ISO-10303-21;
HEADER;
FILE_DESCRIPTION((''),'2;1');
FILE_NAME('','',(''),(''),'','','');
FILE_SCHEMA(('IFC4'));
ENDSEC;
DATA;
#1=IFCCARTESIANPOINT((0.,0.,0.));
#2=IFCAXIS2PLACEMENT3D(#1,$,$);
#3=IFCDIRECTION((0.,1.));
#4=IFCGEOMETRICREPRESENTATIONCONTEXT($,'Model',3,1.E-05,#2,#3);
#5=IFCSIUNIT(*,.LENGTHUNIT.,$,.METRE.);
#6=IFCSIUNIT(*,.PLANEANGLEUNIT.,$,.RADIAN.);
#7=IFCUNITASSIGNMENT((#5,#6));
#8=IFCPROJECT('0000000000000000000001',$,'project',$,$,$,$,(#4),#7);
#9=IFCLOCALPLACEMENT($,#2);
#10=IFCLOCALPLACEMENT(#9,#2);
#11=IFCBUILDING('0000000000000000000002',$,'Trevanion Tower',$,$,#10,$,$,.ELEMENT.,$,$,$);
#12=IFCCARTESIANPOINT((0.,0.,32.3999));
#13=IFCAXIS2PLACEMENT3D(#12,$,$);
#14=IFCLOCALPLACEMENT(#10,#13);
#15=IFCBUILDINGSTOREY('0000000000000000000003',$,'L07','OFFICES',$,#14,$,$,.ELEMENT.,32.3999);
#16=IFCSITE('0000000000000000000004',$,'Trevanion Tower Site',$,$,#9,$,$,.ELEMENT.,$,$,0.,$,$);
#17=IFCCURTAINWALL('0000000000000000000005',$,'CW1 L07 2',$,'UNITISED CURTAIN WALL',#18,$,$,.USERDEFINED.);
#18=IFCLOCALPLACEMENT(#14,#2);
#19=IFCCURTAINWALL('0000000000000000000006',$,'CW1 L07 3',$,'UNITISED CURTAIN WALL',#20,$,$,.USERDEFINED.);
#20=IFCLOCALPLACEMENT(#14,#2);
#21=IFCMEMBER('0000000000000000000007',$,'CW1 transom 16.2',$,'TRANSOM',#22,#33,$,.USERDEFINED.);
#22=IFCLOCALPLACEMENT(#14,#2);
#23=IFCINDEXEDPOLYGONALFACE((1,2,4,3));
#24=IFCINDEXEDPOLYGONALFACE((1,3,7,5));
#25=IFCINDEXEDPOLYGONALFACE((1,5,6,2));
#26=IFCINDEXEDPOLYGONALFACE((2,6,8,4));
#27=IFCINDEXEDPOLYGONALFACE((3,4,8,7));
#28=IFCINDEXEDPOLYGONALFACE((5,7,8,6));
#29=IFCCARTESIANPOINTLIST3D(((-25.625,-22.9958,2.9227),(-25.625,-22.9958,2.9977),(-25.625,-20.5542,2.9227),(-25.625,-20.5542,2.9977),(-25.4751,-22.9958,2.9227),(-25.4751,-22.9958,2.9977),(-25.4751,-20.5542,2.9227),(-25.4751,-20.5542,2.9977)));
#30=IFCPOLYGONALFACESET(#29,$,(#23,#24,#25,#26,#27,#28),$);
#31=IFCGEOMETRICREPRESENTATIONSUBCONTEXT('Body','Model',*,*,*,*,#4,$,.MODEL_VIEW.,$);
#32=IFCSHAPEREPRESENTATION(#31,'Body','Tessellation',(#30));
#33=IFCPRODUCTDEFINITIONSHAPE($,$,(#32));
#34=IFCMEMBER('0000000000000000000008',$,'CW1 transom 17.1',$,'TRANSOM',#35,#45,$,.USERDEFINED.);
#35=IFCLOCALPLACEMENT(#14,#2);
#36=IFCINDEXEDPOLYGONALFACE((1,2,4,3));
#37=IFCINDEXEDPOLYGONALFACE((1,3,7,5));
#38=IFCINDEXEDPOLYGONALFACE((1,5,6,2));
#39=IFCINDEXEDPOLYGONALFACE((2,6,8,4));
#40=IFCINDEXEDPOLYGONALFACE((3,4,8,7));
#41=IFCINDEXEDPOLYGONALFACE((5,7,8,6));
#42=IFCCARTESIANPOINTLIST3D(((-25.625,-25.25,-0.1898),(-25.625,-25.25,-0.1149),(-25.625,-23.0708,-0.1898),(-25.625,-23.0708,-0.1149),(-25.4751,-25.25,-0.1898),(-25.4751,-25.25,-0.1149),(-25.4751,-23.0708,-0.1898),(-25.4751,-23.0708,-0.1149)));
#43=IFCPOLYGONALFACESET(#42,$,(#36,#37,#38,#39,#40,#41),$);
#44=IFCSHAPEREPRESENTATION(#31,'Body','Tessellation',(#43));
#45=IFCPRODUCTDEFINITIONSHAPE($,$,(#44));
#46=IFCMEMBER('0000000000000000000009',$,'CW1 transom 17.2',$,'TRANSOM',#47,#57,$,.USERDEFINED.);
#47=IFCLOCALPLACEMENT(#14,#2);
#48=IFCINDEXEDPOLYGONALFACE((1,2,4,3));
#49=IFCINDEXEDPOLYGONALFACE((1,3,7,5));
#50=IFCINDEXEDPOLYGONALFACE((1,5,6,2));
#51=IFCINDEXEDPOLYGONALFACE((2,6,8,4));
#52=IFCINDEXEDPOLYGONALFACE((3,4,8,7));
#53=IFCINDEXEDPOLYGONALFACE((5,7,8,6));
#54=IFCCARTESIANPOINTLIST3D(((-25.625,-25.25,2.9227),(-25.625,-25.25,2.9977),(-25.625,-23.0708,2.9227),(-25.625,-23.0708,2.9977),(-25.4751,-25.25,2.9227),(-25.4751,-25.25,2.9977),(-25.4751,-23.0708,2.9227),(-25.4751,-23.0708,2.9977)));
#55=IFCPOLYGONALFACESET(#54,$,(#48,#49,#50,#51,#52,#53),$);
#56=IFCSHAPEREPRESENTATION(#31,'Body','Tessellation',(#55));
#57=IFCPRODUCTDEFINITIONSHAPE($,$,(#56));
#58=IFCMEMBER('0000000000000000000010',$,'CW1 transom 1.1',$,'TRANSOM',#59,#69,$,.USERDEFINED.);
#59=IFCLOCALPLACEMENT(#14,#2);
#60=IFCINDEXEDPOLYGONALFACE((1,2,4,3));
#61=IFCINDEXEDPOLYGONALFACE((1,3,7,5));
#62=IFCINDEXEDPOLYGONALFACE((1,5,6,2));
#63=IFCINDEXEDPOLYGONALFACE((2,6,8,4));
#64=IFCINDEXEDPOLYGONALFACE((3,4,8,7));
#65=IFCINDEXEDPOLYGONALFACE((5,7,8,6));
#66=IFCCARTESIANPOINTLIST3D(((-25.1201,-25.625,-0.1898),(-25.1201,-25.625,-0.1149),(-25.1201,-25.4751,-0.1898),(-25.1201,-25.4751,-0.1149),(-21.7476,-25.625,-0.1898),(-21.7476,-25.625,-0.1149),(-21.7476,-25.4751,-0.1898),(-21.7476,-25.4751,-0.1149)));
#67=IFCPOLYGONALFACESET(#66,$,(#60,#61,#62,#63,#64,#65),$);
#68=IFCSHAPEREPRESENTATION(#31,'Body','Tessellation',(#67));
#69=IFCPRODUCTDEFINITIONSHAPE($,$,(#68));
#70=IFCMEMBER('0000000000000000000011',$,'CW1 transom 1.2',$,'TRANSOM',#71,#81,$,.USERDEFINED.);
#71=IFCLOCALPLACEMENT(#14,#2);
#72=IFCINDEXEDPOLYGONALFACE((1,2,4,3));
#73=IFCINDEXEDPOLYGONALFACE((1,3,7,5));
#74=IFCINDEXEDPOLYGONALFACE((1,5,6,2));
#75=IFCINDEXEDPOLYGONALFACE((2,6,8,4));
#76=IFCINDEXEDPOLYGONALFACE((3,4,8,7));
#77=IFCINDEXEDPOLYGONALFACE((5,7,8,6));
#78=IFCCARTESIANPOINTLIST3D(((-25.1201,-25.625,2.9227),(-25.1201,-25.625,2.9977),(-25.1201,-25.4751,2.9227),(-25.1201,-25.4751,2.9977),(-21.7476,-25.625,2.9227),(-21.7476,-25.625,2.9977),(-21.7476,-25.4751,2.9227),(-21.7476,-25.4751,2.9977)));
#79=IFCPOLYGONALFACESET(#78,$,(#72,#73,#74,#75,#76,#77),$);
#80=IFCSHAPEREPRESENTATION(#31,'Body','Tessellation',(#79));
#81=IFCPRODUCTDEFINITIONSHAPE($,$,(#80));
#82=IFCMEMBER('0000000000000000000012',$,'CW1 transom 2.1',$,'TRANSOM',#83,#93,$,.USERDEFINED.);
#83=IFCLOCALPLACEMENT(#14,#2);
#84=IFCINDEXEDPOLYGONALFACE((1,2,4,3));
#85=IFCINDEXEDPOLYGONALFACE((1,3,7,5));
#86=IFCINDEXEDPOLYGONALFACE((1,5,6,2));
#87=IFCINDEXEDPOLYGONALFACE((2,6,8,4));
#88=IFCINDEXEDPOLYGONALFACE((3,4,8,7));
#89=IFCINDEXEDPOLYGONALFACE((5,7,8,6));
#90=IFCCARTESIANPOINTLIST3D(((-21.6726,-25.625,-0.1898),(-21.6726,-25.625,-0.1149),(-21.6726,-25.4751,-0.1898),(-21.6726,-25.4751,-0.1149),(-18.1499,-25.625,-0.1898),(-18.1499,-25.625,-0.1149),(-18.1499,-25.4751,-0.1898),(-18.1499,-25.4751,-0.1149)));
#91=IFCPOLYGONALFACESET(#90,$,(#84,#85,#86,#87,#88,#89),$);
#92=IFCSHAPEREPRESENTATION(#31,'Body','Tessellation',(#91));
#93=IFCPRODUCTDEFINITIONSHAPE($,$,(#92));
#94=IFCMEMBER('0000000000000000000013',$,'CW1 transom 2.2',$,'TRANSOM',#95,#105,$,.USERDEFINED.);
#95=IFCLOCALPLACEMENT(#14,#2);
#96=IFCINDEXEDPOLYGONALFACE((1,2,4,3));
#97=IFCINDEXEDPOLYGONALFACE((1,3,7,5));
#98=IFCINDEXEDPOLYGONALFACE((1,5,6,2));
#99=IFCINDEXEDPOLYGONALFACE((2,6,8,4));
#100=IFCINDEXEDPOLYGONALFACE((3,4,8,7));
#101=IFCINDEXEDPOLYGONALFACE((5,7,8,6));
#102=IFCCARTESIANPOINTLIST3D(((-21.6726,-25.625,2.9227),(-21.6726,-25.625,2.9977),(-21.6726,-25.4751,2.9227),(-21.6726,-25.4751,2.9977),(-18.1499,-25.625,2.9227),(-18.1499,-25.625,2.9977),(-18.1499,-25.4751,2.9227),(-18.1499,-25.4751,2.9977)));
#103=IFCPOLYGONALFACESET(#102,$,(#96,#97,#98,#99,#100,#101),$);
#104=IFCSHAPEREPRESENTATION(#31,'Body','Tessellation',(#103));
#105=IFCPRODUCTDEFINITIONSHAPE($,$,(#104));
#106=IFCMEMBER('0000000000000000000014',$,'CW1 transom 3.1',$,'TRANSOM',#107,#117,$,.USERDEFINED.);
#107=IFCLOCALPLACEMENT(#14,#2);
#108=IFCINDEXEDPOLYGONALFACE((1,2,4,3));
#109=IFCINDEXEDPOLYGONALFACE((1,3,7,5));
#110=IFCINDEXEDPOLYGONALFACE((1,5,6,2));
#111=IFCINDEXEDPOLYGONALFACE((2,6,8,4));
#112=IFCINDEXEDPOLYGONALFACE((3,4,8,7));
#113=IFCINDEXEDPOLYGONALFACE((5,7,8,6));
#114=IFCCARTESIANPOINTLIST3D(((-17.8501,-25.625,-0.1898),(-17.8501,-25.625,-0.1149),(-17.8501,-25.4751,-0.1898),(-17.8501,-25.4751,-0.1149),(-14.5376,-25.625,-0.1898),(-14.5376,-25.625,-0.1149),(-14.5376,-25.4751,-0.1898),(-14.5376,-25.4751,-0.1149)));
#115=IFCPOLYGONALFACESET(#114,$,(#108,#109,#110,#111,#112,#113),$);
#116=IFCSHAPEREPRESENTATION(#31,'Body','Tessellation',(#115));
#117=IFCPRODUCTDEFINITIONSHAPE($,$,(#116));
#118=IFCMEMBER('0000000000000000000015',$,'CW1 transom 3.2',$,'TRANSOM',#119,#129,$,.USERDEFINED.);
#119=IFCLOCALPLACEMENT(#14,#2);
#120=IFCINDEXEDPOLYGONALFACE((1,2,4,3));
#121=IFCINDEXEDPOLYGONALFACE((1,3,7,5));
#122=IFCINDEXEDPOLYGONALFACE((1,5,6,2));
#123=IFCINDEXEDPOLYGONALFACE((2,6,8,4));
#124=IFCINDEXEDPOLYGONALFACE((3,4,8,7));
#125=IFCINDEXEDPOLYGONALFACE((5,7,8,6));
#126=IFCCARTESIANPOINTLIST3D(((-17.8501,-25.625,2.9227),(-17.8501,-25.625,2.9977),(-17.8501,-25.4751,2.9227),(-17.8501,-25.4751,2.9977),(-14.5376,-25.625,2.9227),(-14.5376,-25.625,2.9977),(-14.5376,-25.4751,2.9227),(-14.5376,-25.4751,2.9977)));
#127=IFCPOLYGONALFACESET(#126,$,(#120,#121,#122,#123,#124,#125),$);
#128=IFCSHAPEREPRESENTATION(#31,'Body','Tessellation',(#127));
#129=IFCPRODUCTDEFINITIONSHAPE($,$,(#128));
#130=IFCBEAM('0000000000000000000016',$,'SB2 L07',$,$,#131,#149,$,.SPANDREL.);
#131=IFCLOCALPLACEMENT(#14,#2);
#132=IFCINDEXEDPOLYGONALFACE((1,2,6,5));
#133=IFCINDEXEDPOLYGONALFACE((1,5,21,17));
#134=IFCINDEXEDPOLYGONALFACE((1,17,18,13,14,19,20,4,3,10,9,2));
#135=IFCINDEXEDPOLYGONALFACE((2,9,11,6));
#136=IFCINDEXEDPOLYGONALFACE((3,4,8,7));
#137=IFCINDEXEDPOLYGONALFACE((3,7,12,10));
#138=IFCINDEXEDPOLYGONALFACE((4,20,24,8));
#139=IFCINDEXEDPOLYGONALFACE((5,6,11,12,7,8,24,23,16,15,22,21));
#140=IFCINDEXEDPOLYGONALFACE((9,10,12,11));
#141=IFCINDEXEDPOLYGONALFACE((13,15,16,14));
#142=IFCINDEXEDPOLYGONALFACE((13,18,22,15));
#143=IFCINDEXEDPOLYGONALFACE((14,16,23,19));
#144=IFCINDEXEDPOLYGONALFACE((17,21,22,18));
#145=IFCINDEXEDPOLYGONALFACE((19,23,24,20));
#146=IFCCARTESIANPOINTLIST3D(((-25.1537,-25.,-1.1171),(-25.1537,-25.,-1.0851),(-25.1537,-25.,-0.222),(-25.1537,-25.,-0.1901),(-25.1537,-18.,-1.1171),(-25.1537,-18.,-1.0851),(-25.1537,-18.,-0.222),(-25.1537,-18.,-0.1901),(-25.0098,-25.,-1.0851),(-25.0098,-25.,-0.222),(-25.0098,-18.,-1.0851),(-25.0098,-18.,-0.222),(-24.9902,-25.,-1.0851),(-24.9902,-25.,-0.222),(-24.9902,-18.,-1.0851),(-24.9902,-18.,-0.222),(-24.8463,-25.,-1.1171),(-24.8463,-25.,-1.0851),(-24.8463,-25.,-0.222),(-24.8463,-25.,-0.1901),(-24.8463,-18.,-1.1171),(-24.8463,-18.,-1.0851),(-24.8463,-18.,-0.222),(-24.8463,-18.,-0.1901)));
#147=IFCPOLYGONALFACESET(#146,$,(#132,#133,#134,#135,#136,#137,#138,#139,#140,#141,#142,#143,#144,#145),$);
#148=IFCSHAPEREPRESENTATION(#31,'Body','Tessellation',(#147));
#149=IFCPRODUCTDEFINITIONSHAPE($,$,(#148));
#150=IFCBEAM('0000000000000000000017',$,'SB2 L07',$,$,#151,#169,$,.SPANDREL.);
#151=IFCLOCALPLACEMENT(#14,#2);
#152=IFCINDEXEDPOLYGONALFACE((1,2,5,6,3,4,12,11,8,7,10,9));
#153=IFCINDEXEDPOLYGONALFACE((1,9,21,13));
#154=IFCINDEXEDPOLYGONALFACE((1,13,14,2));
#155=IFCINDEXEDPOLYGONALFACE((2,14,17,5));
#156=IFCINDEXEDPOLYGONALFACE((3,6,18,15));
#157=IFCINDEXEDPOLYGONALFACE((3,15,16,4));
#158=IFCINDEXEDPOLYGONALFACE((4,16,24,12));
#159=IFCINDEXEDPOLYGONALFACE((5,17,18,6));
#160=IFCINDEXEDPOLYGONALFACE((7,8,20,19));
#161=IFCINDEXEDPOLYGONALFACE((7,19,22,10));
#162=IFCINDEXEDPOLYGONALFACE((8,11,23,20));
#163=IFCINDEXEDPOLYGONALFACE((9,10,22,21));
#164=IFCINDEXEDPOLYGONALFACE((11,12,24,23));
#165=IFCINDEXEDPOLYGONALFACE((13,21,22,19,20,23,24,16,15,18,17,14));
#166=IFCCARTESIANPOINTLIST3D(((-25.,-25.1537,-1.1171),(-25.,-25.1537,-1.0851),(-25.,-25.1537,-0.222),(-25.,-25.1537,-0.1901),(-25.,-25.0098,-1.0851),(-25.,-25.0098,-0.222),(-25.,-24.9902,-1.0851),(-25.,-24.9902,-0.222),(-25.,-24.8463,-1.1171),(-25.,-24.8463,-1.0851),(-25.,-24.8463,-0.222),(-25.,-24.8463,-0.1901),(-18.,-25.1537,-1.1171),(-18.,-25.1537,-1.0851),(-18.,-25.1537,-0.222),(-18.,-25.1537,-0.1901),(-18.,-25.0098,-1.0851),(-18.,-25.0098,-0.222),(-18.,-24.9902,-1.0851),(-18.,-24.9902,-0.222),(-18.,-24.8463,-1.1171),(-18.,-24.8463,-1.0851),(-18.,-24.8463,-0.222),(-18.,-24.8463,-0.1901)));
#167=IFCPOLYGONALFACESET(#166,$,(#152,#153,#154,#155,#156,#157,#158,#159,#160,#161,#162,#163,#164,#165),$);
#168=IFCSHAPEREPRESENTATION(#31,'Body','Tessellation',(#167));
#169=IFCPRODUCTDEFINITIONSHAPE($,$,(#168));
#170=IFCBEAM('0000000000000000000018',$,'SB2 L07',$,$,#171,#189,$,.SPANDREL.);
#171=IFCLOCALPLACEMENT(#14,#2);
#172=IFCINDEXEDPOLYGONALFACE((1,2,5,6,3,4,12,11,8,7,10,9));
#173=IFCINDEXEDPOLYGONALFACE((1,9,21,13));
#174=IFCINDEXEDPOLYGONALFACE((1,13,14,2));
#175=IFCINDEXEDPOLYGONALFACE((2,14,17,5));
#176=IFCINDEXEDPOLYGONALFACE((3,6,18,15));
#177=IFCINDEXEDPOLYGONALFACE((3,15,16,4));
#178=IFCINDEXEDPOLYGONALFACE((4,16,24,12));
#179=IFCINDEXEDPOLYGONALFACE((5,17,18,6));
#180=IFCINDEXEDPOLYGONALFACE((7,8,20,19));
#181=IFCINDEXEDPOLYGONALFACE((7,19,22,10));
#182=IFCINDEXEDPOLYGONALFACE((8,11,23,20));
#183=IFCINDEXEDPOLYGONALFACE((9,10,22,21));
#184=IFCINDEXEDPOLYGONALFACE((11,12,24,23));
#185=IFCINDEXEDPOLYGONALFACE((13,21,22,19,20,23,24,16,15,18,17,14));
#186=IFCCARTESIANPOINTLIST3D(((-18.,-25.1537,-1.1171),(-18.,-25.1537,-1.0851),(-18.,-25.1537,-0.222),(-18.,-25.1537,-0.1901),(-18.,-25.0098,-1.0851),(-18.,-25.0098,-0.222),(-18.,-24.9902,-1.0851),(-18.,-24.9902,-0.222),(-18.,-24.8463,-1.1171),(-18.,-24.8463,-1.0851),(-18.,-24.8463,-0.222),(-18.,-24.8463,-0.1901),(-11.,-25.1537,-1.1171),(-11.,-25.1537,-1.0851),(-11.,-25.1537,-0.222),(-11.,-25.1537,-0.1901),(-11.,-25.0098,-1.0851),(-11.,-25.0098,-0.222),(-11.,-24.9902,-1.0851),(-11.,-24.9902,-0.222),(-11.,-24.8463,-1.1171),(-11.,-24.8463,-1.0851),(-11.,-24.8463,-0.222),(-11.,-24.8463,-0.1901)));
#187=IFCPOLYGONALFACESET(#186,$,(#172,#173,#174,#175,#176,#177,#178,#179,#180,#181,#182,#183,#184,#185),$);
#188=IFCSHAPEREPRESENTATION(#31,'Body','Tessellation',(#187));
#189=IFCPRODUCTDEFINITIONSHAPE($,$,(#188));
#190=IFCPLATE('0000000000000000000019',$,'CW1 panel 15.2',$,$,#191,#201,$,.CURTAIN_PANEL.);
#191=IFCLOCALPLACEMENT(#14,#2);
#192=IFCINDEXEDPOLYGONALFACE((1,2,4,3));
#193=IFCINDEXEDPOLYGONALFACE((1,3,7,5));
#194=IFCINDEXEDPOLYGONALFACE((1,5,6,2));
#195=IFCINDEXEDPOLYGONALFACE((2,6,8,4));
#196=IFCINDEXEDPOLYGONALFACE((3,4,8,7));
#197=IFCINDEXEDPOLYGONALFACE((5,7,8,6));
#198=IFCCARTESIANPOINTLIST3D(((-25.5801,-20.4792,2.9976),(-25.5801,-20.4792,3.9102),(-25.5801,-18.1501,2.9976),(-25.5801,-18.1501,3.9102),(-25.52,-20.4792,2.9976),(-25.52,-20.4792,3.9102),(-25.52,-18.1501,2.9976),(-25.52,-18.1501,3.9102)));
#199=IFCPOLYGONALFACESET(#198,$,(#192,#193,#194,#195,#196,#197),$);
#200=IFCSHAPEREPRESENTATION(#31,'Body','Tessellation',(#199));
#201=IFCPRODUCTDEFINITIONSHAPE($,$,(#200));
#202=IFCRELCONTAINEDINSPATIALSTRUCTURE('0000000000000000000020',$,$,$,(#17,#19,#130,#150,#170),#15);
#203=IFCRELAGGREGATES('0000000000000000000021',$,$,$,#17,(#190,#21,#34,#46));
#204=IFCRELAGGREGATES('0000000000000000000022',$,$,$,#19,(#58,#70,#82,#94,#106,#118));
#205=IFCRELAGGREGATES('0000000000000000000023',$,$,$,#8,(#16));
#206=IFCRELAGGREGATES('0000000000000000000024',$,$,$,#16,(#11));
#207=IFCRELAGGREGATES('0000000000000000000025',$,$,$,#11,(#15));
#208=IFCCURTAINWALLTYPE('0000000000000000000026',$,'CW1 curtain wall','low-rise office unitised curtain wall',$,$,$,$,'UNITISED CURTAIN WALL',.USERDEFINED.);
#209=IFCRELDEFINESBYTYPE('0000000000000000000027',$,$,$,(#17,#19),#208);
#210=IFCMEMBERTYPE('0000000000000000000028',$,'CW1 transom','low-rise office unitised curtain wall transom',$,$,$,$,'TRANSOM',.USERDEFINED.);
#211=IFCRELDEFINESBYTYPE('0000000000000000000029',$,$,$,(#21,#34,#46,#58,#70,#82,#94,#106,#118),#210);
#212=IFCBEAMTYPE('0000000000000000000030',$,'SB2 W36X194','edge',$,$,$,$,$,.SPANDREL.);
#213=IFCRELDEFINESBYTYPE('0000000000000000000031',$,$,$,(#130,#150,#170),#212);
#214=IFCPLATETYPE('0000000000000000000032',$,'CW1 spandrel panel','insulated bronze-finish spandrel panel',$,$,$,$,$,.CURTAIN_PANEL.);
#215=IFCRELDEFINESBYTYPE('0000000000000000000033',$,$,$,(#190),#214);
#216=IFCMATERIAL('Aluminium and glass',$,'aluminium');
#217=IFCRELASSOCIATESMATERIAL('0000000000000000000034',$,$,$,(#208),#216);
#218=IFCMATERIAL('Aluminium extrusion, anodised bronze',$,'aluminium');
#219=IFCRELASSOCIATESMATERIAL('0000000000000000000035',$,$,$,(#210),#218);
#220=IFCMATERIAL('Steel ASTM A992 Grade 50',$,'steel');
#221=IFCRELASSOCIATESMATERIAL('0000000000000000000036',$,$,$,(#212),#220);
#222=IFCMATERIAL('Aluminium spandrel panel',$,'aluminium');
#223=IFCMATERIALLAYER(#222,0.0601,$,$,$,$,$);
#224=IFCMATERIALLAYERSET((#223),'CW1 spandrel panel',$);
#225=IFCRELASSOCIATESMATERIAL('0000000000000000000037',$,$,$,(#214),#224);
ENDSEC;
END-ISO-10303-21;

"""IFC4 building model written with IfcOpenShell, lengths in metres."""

from ifc_helpers import new_model, si_unit, direction, frame, origin, origin_2d, place, context, subcontext, project, spatial, rectangle, i_section, extrude, material, layer, layer_set, material_profile, profile_set, type_object, element, aggregate, save


model = new_model("IFC4")

# Units and contexts
model_context = context("Model", 3, precision=1e-05, world=origin(), true_north=direction((0.0, 1.0)))
body_context = subcontext(model_context, "Body", "Model", "MODEL_VIEW")
ifc_project = project(units=[si_unit("LENGTHUNIT", "METRE"), si_unit("PLANEANGLEUNIT", "RADIAN")], contexts=[model_context])

# Site, building, storey
site_placement = place(None, origin())
site = spatial("IfcSite", under=ifc_project, at=site_placement, Name="Trevanion Tower Site", CompositionType="ELEMENT", RefElevation=0.0)
building_placement = place(site_placement, origin())
building = spatial("IfcBuilding", under=site, at=building_placement, Name="Trevanion Tower", CompositionType="ELEMENT")
storey_placement = place(building_placement, frame((0.0, 0.0, 32.3999)))
storey = spatial("IfcBuildingStorey", under=building, at=storey_placement, Name="L07", Description="OFFICES", CompositionType="ELEMENT", Elevation=32.3999)

# Curtain wall
ifc_material_1 = material(Name="Aluminium and glass", Category="aluminium")
curtain_wall_type = type_object("IfcCurtainWallType", Name="CW1 curtain wall", Description="low-rise office unitised curtain wall", ElementType="UNITISED CURTAIN WALL", PredefinedType="USERDEFINED", material=ifc_material_1)
curtain_wall_1_placement = place(storey_placement, origin())
curtain_wall_1 = element("IfcCurtainWall", 1, at=curtain_wall_1_placement, inside=storey, type_object=curtain_wall_type, Name="CW1 L07 2", ObjectType="UNITISED CURTAIN WALL", PredefinedType="USERDEFINED")

# Curtain wall
curtain_wall_2_placement = place(storey_placement, origin())
curtain_wall_2 = element("IfcCurtainWall", 2, at=curtain_wall_2_placement, inside=storey, type_object=curtain_wall_type, Name="CW1 L07 3", ObjectType="UNITISED CURTAIN WALL", PredefinedType="USERDEFINED")

# Members
ifc_material_2 = material(Name="Aluminium extrusion, anodised bronze", Category="aluminium")
ifc_material_profile_1 = material_profile(ifc_material_2, rectangle(XDim=0.1499, YDim=0.075, at=origin_2d()), Name="CW1 transom")
ifc_profile_set_1 = profile_set([ifc_material_profile_1], Name="Aluminium extrusion, anodised bronze")
member_type_1 = type_object("IfcMemberType", Name="CW1 transom", Description="low-rise office unitised curtain wall transom", ElementType="TRANSOM", PredefinedType="USERDEFINED", material=ifc_profile_set_1)
member_1_placement = place(storey_placement, frame((-25.55, -20.5542, 2.9602), z_axis=(0.0, -1.0, 0.0), x_axis=(1.0, 0.0, 0.0)))
member_1 = element("IfcMember", 3, at=member_1_placement, type_object=member_type_1, Name="CW1 transom 16.2", ObjectType="TRANSOM", PredefinedType="USERDEFINED", context=body_context, shape_type="SweptSolid", body=[
    extrude(rectangle(XDim=0.1499, YDim=0.075, at=origin_2d()), origin(), (0.0, 0.0, 1.0), 2.4417),
])
member_2_placement = place(storey_placement, frame((-25.55, -23.0708, -0.1523), z_axis=(0.0, -1.0, 0.0), x_axis=(1.0, 0.0, 0.0)))
member_2 = element("IfcMember", 4, at=member_2_placement, type_object=member_type_1, Name="CW1 transom 17.1", ObjectType="TRANSOM", PredefinedType="USERDEFINED", context=body_context, shape_type="SweptSolid", body=[
    extrude(rectangle(XDim=0.1499, YDim=0.075, at=origin_2d()), origin(), (0.0, 0.0, 1.0), 2.1792),
])
member_3_placement = place(storey_placement, frame((-25.55, -23.0708, 2.9602), z_axis=(0.0, -1.0, 0.0), x_axis=(1.0, 0.0, 0.0)))
member_3 = element("IfcMember", 5, at=member_3_placement, type_object=member_type_1, Name="CW1 transom 17.2", ObjectType="TRANSOM", PredefinedType="USERDEFINED", context=body_context, shape_type="SweptSolid", body=[
    extrude(rectangle(XDim=0.1499, YDim=0.075, at=origin_2d()), origin(), (0.0, 0.0, 1.0), 2.1792),
])
member_4_placement = place(storey_placement, frame((-25.1201, -25.55, -0.1523), z_axis=(1.0, 0.0, 0.0), x_axis=(0.0, 1.0, 0.0)))
member_4 = element("IfcMember", 6, at=member_4_placement, type_object=member_type_1, Name="CW1 transom 1.1", ObjectType="TRANSOM", PredefinedType="USERDEFINED", context=body_context, shape_type="SweptSolid", body=[
    extrude(rectangle(XDim=0.1499, YDim=0.075, at=origin_2d()), origin(), (0.0, 0.0, 1.0), 3.3726),
])
member_5_placement = place(storey_placement, frame((-25.1201, -25.55, 2.9602), z_axis=(1.0, 0.0, 0.0), x_axis=(0.0, 1.0, 0.0)))
member_5 = element("IfcMember", 7, at=member_5_placement, type_object=member_type_1, Name="CW1 transom 1.2", ObjectType="TRANSOM", PredefinedType="USERDEFINED", context=body_context, shape_type="SweptSolid", body=[
    extrude(rectangle(XDim=0.1499, YDim=0.075, at=origin_2d()), origin(), (0.0, 0.0, 1.0), 3.3726),
])
member_6_placement = place(storey_placement, frame((-21.6726, -25.55, -0.1523), z_axis=(1.0, 0.0, 0.0), x_axis=(0.0, 1.0, 0.0)))
member_6 = element("IfcMember", 8, at=member_6_placement, type_object=member_type_1, Name="CW1 transom 2.1", ObjectType="TRANSOM", PredefinedType="USERDEFINED", context=body_context, shape_type="SweptSolid", body=[
    extrude(rectangle(XDim=0.1499, YDim=0.075, at=origin_2d()), origin(), (0.0, 0.0, 1.0), 3.5227),
])
member_7_placement = place(storey_placement, frame((-21.6726, -25.55, 2.9602), z_axis=(1.0, 0.0, 0.0), x_axis=(0.0, 1.0, 0.0)))
member_7 = element("IfcMember", 9, at=member_7_placement, type_object=member_type_1, Name="CW1 transom 2.2", ObjectType="TRANSOM", PredefinedType="USERDEFINED", context=body_context, shape_type="SweptSolid", body=[
    extrude(rectangle(XDim=0.1499, YDim=0.075, at=origin_2d()), origin(), (0.0, 0.0, 1.0), 3.5227),
])
member_8_placement = place(storey_placement, frame((-17.8501, -25.55, -0.1523), z_axis=(1.0, 0.0, 0.0), x_axis=(0.0, 1.0, 0.0)))
member_8 = element("IfcMember", 10, at=member_8_placement, type_object=member_type_1, Name="CW1 transom 3.1", ObjectType="TRANSOM", PredefinedType="USERDEFINED", context=body_context, shape_type="SweptSolid", body=[
    extrude(rectangle(XDim=0.1499, YDim=0.075, at=origin_2d()), origin(), (0.0, 0.0, 1.0), 3.3125),
])
member_9_placement = place(storey_placement, frame((-17.8501, -25.55, 2.9602), z_axis=(1.0, 0.0, 0.0), x_axis=(0.0, 1.0, 0.0)))
member_9 = element("IfcMember", 11, at=member_9_placement, type_object=member_type_1, Name="CW1 transom 3.2", ObjectType="TRANSOM", PredefinedType="USERDEFINED", context=body_context, shape_type="SweptSolid", body=[
    extrude(rectangle(XDim=0.1499, YDim=0.075, at=origin_2d()), origin(), (0.0, 0.0, 1.0), 3.3125),
])

# Beams
ifc_material_3 = material(Name="Steel ASTM A992 Grade 50", Category="steel")
ifc_material_profile_2 = material_profile(ifc_material_3, i_section(OverallWidth=0.3074, OverallDepth=0.927, WebThickness=0.0195, FlangeThickness=0.032, at=origin_2d()), Name="W36X194")
ifc_profile_set_2 = profile_set([ifc_material_profile_2], Name="Steel ASTM A992 Grade 50")
beam_type = type_object("IfcBeamType", Name="SB2 W36X194", Description="edge", PredefinedType="SPANDREL", material=ifc_profile_set_2)
for number, where, z_axis, x_axis, name in (
    (12, (-25.0, -18.0, -0.6536), (0.0, -1.0, 0.0), (1.0, 0.0, 0.0), "SB2 L07"),
    (13, (-25.0, -25.0, -0.6536), (1.0, 0.0, 0.0), (0.0, 1.0, 0.0), "SB2 L07"),
    (14, (-18.0, -25.0, -0.6536), (1.0, 0.0, 0.0), (0.0, 1.0, 0.0), "SB2 L07"),
):
    element("IfcBeam", number, at=place(storey_placement, frame(where, z_axis=z_axis, x_axis=x_axis)), inside=storey, type_object=beam_type, Name=name, PredefinedType="SPANDREL", context=body_context, shape_type="SweptSolid", body=[
        extrude(i_section(OverallWidth=0.3074, OverallDepth=0.927, WebThickness=0.0195, FlangeThickness=0.032, at=origin_2d()), origin(), (0.0, 0.0, 1.0), 7.0),
    ])

# Plate
ifc_material_4 = material(Name="Aluminium spandrel panel", Category="aluminium")
ifc_layer_1 = layer(ifc_material_4, 0.0601)
ifc_layer_set_1 = layer_set([ifc_layer_1], Name="CW1 spandrel panel")
plate_type_1 = type_object("IfcPlateType", Name="CW1 spandrel panel", Description="insulated bronze-finish spandrel panel", PredefinedType="CURTAIN_PANEL", material=ifc_layer_set_1)
plate_1_placement = place(storey_placement, frame((-25.55, -19.3147, 2.9976), z_axis=(0.0, 0.0, 1.0), x_axis=(0.0, -1.0, 0.0)))
plate_1 = element("IfcPlate", 15, at=plate_1_placement, type_object=plate_type_1, Name="CW1 panel 15.2", PredefinedType="CURTAIN_PANEL", context=body_context, shape_type="SweptSolid", body=[
    extrude(rectangle(XDim=2.3291, YDim=0.0601, at=origin_2d()), origin(), (0.0, 0.0, 1.0), 0.9126),
])
aggregate(curtain_wall_1, [plate_1, member_1, member_2, member_3])
aggregate(curtain_wall_2, [member_4, member_5, member_6, member_7, member_8, member_9])

save(model, "model.ifc")
